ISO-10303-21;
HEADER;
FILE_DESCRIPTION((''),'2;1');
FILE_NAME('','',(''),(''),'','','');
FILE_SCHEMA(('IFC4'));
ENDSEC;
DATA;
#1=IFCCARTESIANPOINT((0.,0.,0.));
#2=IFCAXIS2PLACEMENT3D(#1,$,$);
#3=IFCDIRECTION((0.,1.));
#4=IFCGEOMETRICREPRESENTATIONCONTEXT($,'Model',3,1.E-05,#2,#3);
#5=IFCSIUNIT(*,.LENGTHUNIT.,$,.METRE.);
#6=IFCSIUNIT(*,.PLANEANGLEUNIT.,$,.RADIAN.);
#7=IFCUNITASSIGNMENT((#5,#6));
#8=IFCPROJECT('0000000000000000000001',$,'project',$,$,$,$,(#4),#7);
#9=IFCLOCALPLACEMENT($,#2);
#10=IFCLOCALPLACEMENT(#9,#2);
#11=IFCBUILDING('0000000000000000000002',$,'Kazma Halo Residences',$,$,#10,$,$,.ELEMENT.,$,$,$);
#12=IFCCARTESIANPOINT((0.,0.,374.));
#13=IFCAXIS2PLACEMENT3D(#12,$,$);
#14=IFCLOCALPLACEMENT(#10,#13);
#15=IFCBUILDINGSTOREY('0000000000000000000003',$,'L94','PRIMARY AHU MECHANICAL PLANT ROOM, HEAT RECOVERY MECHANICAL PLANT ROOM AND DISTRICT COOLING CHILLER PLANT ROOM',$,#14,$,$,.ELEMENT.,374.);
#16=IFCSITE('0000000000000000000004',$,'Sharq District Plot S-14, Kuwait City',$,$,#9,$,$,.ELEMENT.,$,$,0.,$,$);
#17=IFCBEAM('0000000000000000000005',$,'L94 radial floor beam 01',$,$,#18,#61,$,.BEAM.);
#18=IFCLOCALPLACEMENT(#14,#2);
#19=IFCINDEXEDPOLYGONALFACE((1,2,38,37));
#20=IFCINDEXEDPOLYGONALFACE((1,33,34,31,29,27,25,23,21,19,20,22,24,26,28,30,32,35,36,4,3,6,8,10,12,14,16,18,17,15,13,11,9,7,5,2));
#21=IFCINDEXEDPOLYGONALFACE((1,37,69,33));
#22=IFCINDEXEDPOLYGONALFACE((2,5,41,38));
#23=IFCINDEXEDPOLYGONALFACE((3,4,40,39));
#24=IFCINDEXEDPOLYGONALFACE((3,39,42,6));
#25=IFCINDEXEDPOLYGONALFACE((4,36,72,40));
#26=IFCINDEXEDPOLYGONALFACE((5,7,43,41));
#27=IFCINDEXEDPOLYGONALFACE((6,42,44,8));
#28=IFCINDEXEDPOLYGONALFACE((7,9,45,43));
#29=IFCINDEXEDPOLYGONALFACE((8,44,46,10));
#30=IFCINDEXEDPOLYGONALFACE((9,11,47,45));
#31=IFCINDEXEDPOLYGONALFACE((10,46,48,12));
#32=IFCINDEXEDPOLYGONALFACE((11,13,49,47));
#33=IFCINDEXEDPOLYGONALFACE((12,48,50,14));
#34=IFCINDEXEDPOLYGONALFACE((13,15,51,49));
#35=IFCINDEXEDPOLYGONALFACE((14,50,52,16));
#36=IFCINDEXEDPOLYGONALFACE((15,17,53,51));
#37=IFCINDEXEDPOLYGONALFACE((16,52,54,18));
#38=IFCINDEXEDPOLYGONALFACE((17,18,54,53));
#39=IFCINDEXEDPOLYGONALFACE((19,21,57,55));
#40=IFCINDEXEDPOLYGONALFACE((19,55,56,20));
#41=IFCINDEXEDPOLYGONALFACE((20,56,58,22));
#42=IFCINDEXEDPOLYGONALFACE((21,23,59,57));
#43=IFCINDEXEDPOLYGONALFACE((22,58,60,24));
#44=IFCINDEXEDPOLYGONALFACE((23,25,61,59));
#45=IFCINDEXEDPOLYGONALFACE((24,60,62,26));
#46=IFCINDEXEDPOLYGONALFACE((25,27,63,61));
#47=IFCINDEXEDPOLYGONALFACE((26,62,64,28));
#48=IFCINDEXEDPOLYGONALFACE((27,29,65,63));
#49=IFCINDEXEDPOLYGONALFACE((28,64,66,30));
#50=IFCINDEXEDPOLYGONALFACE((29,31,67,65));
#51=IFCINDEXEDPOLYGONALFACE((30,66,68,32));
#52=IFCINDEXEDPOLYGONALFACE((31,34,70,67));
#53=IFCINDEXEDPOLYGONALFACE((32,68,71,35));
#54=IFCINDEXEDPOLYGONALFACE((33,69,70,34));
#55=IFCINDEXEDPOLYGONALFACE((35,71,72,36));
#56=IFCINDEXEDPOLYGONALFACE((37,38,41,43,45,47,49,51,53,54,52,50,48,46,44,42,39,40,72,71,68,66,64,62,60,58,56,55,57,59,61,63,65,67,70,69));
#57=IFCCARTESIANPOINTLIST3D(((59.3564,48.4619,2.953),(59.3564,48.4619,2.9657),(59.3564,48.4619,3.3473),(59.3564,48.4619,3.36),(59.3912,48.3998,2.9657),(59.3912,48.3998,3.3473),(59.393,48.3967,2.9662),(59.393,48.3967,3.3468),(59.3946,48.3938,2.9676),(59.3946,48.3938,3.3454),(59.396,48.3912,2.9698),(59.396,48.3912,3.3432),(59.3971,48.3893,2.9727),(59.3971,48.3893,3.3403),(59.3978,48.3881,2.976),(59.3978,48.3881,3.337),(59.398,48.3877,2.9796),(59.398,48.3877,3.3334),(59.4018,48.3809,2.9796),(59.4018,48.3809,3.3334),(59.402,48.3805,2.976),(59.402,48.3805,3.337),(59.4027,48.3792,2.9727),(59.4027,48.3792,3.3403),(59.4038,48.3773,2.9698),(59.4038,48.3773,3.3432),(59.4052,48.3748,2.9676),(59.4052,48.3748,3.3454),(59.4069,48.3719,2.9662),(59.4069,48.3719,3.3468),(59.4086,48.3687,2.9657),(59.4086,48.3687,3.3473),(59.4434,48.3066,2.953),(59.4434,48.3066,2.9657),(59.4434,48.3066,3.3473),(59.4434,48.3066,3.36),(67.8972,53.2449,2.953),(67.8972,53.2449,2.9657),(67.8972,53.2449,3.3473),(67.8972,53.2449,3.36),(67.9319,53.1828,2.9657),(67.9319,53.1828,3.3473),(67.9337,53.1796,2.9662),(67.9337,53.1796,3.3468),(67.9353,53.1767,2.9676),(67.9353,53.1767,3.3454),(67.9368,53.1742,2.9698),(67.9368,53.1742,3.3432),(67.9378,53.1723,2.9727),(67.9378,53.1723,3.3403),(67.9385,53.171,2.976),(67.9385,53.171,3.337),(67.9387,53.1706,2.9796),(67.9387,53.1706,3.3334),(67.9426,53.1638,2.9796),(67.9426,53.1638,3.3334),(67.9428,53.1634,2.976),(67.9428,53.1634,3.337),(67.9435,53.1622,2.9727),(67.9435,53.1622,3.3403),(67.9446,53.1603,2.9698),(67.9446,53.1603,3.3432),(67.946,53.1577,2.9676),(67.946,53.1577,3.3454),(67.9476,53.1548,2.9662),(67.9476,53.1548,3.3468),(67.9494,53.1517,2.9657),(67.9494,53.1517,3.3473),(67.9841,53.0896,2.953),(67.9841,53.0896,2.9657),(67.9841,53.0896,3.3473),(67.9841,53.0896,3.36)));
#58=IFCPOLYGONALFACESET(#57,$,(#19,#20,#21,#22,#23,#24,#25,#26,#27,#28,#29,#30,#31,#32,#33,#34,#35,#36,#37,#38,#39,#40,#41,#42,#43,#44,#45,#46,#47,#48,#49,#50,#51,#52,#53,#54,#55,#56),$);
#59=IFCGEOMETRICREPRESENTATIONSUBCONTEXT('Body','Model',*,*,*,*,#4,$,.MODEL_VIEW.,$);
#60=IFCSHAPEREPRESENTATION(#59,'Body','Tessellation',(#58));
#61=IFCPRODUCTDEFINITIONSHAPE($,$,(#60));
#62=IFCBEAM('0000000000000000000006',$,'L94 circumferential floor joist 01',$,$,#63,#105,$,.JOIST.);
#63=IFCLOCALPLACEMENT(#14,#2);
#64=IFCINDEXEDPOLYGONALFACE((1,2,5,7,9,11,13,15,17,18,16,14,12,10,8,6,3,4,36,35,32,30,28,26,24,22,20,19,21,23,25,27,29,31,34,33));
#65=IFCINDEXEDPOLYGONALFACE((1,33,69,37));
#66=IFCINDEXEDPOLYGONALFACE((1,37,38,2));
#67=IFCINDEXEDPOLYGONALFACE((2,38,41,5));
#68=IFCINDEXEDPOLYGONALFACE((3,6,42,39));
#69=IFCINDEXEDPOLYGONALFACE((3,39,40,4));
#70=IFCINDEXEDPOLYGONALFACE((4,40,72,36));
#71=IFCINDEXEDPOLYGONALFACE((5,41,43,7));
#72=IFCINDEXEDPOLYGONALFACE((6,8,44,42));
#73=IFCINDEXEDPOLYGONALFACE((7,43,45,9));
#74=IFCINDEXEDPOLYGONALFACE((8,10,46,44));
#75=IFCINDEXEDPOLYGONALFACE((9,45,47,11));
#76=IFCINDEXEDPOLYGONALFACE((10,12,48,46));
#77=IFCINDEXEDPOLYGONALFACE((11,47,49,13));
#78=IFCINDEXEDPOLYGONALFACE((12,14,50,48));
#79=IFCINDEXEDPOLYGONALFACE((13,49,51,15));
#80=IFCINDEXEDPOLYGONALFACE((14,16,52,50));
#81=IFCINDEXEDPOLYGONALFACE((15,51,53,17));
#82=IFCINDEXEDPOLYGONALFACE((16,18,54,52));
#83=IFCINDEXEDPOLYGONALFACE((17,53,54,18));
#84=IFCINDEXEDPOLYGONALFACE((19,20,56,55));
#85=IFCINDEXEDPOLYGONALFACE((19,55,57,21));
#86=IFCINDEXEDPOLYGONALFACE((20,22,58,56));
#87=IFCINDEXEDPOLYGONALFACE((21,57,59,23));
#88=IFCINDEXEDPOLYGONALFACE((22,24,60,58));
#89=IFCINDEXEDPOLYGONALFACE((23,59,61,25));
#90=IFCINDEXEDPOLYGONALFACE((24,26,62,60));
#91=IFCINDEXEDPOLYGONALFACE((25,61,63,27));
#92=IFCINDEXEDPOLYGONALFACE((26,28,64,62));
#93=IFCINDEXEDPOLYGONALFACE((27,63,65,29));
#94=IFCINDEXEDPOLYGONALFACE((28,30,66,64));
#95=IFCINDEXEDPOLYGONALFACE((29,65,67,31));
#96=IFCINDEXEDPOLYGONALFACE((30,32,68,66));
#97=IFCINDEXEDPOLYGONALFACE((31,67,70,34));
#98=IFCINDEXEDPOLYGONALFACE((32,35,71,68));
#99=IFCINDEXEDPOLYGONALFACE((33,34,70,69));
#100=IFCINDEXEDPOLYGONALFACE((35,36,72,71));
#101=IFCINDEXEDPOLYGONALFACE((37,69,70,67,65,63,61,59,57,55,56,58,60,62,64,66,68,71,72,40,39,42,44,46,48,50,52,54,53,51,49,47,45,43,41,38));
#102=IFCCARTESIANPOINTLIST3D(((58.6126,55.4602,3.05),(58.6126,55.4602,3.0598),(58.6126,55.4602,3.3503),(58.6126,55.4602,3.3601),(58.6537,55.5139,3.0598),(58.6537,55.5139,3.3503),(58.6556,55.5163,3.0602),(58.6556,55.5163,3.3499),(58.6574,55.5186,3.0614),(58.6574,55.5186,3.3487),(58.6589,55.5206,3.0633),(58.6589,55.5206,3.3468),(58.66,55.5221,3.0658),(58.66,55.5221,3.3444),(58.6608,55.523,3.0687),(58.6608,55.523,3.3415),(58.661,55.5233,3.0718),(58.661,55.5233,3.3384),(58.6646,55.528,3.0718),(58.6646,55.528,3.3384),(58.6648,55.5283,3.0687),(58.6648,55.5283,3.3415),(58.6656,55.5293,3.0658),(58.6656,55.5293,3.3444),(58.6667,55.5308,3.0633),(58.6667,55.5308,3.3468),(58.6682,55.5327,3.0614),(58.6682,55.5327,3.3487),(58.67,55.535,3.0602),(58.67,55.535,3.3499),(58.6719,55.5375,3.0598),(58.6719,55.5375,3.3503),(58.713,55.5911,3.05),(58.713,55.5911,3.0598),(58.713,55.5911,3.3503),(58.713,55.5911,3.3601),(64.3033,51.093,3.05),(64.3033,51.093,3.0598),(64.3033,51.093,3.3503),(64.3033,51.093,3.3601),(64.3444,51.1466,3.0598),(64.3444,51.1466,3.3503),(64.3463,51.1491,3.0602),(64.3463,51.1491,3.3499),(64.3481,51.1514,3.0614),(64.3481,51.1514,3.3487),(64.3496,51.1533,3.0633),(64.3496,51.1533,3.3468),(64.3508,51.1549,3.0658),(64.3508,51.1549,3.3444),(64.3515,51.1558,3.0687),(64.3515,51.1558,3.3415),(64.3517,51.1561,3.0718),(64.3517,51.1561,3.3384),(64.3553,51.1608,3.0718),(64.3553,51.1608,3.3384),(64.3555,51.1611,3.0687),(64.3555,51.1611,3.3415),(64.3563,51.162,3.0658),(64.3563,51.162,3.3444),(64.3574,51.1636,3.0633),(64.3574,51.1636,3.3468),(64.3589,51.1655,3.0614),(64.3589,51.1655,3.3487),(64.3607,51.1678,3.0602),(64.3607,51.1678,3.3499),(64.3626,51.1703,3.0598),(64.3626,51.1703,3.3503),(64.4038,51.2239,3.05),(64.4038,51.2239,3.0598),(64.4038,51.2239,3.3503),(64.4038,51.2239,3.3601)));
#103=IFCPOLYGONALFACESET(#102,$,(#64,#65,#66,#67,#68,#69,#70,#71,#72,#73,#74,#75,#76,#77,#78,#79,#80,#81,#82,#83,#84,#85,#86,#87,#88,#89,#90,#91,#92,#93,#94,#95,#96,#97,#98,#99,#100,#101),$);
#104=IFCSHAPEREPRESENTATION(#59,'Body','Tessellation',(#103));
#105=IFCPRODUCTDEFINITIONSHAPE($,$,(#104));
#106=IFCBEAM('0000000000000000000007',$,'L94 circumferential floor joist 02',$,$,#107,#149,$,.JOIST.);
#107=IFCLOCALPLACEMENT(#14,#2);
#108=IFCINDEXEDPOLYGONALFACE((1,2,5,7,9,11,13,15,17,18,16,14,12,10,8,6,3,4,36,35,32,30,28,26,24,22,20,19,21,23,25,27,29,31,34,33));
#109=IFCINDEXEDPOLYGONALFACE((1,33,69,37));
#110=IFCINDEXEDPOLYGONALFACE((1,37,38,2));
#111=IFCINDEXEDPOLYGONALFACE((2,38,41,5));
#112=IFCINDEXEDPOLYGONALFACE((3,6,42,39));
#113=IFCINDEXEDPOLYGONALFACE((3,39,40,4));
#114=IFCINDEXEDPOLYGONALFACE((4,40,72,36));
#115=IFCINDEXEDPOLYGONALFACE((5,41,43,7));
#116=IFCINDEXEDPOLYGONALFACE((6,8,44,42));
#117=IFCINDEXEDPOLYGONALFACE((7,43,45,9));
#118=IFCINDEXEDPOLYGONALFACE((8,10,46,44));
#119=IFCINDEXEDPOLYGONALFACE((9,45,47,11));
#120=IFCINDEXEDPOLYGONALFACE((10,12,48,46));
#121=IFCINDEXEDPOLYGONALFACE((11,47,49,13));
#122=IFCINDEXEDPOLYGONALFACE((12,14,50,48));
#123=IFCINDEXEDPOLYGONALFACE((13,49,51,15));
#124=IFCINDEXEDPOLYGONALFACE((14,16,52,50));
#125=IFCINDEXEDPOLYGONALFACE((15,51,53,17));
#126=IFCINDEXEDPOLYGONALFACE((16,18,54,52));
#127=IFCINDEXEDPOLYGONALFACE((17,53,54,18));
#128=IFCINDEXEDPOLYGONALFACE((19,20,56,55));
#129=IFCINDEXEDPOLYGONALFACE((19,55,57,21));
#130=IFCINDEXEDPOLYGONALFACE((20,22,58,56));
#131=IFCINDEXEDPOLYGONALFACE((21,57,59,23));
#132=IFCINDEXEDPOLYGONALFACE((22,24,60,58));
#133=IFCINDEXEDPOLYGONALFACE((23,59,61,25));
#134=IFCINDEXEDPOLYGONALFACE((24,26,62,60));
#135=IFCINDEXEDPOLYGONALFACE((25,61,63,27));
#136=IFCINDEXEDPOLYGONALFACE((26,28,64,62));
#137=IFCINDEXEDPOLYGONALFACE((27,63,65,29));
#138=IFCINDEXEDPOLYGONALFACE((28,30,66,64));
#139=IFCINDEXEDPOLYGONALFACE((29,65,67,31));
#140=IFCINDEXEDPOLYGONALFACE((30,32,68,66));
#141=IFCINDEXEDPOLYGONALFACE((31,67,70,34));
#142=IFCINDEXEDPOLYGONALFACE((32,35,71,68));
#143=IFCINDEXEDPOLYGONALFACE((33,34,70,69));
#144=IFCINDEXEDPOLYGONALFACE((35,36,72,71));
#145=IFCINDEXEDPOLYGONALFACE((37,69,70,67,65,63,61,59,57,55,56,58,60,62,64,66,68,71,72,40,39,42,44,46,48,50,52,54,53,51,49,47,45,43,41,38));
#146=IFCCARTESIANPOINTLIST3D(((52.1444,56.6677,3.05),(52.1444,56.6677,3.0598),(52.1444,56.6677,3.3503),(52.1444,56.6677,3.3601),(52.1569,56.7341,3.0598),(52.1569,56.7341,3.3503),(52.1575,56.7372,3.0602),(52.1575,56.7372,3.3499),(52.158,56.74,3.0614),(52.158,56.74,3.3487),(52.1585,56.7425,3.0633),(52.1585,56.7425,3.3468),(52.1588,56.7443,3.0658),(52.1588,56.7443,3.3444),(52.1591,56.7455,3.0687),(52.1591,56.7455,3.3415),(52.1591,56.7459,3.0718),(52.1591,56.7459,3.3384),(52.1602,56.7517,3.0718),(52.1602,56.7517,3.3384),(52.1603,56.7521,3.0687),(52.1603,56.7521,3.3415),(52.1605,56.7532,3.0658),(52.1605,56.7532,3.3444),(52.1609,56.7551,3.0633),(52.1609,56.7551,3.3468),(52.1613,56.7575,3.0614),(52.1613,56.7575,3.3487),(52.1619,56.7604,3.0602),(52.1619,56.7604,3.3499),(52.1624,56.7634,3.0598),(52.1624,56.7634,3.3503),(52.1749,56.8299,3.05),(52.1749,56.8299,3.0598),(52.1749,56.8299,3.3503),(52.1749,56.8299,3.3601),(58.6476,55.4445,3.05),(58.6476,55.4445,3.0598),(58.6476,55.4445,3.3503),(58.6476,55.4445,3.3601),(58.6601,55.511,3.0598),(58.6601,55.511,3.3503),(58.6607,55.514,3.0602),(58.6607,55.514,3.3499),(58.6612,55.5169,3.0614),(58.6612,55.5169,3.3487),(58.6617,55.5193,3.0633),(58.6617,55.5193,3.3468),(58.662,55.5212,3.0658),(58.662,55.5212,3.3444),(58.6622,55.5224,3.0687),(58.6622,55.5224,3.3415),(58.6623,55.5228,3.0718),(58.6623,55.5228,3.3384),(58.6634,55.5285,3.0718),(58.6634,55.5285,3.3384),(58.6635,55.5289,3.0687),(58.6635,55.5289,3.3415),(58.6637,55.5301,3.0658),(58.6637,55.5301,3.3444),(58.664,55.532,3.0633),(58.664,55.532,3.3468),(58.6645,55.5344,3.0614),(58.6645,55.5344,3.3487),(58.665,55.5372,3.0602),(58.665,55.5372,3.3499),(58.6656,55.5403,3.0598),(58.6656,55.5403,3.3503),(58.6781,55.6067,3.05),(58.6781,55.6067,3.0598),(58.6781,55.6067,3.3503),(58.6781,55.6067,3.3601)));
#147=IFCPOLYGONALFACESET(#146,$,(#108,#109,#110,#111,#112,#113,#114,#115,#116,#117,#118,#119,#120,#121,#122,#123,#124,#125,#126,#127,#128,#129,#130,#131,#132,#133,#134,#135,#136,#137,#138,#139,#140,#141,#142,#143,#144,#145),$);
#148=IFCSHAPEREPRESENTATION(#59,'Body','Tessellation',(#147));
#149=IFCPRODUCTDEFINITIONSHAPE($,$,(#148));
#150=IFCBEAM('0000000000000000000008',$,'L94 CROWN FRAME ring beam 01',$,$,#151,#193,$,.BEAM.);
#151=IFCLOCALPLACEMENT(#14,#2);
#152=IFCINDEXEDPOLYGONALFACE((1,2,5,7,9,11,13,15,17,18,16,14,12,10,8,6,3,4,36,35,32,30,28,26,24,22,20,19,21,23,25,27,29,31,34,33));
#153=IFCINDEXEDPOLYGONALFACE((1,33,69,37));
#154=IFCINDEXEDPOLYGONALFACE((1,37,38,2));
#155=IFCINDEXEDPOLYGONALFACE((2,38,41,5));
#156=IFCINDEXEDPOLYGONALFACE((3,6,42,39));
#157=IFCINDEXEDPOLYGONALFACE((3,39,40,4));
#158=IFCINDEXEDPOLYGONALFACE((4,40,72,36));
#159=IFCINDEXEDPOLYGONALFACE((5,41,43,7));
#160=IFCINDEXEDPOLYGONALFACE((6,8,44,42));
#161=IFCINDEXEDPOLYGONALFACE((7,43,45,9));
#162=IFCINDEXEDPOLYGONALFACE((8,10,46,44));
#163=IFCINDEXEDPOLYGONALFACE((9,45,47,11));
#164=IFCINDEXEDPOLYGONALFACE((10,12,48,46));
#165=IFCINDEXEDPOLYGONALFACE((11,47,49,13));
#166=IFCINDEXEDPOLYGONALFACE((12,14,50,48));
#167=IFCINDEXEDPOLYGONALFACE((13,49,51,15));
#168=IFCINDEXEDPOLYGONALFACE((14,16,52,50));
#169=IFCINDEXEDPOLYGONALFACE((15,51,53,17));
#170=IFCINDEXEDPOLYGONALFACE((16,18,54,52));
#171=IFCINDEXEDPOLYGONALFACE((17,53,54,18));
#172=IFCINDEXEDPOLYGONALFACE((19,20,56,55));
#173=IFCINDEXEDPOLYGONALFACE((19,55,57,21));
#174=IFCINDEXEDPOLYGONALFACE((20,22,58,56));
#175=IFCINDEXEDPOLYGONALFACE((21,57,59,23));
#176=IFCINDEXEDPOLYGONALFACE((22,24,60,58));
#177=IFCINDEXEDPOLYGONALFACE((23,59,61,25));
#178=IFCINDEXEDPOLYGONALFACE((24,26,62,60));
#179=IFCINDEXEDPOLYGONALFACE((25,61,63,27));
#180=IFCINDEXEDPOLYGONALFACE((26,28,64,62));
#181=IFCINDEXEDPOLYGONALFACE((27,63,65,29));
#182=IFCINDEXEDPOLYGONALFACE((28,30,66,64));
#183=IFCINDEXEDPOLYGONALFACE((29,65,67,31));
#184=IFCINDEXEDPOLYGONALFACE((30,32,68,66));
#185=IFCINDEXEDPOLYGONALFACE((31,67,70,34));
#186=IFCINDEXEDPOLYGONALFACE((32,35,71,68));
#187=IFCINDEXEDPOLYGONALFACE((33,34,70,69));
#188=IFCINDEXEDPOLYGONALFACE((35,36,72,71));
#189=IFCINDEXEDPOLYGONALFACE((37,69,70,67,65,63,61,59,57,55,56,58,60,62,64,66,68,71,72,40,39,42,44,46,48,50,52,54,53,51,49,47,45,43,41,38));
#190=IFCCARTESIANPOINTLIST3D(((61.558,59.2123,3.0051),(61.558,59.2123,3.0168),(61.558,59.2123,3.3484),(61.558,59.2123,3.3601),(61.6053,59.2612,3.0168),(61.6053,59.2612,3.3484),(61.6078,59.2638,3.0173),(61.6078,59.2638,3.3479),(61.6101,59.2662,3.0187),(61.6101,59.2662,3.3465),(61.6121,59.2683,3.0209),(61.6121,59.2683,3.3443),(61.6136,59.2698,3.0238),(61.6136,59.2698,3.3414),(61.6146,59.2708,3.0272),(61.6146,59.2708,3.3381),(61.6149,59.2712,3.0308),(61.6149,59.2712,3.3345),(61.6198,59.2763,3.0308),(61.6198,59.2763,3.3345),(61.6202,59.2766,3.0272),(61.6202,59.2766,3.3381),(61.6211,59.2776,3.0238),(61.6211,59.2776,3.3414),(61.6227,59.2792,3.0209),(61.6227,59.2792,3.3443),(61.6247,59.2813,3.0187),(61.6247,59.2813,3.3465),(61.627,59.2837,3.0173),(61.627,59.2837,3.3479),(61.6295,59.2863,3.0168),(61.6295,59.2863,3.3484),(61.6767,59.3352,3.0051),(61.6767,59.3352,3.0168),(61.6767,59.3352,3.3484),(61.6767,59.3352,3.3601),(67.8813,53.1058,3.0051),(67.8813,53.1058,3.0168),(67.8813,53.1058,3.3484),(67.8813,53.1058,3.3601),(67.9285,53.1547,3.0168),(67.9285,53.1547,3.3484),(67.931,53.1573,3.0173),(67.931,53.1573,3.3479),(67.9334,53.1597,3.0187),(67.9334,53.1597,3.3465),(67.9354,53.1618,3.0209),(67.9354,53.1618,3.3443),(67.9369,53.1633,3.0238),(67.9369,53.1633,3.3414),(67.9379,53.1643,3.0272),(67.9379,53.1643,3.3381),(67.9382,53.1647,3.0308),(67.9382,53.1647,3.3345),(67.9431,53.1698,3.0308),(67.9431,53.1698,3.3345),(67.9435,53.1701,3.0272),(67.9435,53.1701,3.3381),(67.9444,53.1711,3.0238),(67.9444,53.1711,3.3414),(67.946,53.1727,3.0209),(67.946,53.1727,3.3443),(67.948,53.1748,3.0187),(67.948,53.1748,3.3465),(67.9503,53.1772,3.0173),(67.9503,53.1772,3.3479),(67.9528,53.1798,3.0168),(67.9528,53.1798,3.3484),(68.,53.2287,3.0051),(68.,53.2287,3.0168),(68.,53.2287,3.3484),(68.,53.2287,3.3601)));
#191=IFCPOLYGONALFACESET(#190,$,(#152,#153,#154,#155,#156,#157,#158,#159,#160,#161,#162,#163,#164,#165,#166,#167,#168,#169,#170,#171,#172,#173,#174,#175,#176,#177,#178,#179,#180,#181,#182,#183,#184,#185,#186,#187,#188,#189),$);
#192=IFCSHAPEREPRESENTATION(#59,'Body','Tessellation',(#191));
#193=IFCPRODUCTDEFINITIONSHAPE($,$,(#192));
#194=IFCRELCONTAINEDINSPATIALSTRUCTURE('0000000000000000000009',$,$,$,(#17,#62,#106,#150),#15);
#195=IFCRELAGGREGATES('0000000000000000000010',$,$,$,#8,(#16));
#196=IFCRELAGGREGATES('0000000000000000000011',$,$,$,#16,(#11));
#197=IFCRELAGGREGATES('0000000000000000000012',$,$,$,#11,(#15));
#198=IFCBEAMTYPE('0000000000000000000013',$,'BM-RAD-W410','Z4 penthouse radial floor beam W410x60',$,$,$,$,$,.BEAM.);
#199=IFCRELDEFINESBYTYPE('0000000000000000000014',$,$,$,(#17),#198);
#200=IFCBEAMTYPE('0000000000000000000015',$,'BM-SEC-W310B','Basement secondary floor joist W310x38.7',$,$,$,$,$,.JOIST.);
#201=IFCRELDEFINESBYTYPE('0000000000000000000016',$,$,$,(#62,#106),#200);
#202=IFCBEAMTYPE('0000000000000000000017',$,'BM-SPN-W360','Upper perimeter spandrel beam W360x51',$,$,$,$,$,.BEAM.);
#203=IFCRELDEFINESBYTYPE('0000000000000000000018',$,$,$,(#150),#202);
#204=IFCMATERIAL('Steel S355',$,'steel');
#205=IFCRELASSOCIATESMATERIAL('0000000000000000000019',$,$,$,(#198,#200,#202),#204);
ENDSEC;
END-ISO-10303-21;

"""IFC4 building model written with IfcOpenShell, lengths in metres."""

from ifc_helpers import new_model, si_unit, direction, frame, origin, origin_2d, place, context, subcontext, project, spatial, i_section, extrude, material, material_profile, profile_set, type_object, element, save


model = new_model("IFC4")

# Units and contexts
model_context = context("Model", 3, precision=1e-05, world=origin(), true_north=direction((0.0, 1.0)))
body_context = subcontext(model_context, "Body", "Model", "MODEL_VIEW")
ifc_project = project(units=[si_unit("LENGTHUNIT", "METRE"), si_unit("PLANEANGLEUNIT", "RADIAN")], contexts=[model_context])

# Site, building, storey
site_placement = place(None, origin())
site = spatial("IfcSite", under=ifc_project, at=site_placement, Name="Sharq District Plot S-14, Kuwait City", CompositionType="ELEMENT", RefElevation=0.0)
building_placement = place(site_placement, origin())
building = spatial("IfcBuilding", under=site, at=building_placement, Name="Kazma Halo Residences", CompositionType="ELEMENT")
storey_placement = place(building_placement, frame((0.0, 0.0, 374.0)))
storey = spatial("IfcBuildingStorey", under=building, at=storey_placement, Name="L94", Description="PRIMARY AHU MECHANICAL PLANT ROOM, HEAT RECOVERY MECHANICAL PLANT ROOM AND DISTRICT COOLING CHILLER PLANT ROOM", CompositionType="ELEMENT", Elevation=374.0)

# Shared definitions
ifc_material_1 = material(Name="Steel S355", Category="steel")

# Beams
ifc_material_profile_1 = material_profile(ifc_material_1, i_section(OverallWidth=0.178, OverallDepth=0.407, WebThickness=0.0078, FlangeThickness=0.0127, FilletRadius=0.0139, at=origin_2d()), Name="W410x60")
ifc_profile_set_1 = profile_set([ifc_material_profile_1], Name="Steel S355")
beam_type_1 = type_object("IfcBeamType", Name="BM-RAD-W410", Description="Z4 penthouse radial floor beam W410x60", PredefinedType="BEAM", material=ifc_profile_set_1)
beam_1_placement = place(storey_placement, frame((59.3999, 48.3843, 3.1565), z_axis=(0.8725, 0.488613, 0.0), x_axis=(-0.488613, 0.8725, 0.0)))
element("IfcBeam", 1, at=beam_1_placement, inside=storey, type_object=beam_type_1, Name="L94 radial floor beam 01", PredefinedType="BEAM", context=body_context, shape_type="SweptSolid", body=[
    extrude(i_section(OverallWidth=0.178, OverallDepth=0.407, WebThickness=0.0078, FlangeThickness=0.0127, FilletRadius=0.0139, at=origin_2d()), origin(), (0.0, 0.0, 1.0), 9.7888),
])
ifc_material_profile_2 = material_profile(ifc_material_1, i_section(OverallWidth=0.165, OverallDepth=0.3101, WebThickness=0.0059, FlangeThickness=0.0098, FilletRadius=0.012, at=origin_2d()), Name="W310x38.7")
ifc_profile_set_2 = profile_set([ifc_material_profile_2], Name="Steel S355")
beam_type_2 = type_object("IfcBeamType", Name="BM-SEC-W310B", Description="Basement secondary floor joist W310x38.7", PredefinedType="JOIST", material=ifc_profile_set_2)
beam_2_placement = place(storey_placement, frame((64.3535, 51.1584, 3.2051), z_axis=(-0.793314, 0.608812, 0.0), x_axis=(-0.608812, -0.793314, 0.0)))
element("IfcBeam", 2, at=beam_2_placement, inside=storey, type_object=beam_type_2, Name="L94 circumferential floor joist 01", PredefinedType="JOIST", context=body_context, shape_type="SweptSolid", body=[
    extrude(i_section(OverallWidth=0.165, OverallDepth=0.3101, WebThickness=0.0059, FlangeThickness=0.0098, FilletRadius=0.012, at=origin_2d()), origin(), (0.0, 0.0, 1.0), 7.1733),
])
beam_3_placement = place(storey_placement, frame((58.6628, 55.5256, 3.2051), z_axis=(-0.982768, 0.184843, 0.0), x_axis=(-0.184843, -0.982768, 0.0)))
element("IfcBeam", 3, at=beam_3_placement, inside=storey, type_object=beam_type_2, Name="L94 circumferential floor joist 02", PredefinedType="JOIST", context=body_context, shape_type="SweptSolid", body=[
    extrude(i_section(OverallWidth=0.165, OverallDepth=0.3101, WebThickness=0.0059, FlangeThickness=0.0098, FilletRadius=0.012, at=origin_2d()), origin(), (0.0, 0.0, 1.0), 6.6172),
])
ifc_material_profile_3 = material_profile(ifc_material_1, i_section(OverallWidth=0.1709, OverallDepth=0.355, WebThickness=0.0071, FlangeThickness=0.0117, FilletRadius=0.0139, at=origin_2d()), Name="W360x51")
ifc_profile_set_3 = profile_set([ifc_material_profile_3], Name="Steel S355")
beam_type_3 = type_object("IfcBeamType", Name="BM-SPN-W360", Description="Upper perimeter spandrel beam W360x51", PredefinedType="BEAM", material=ifc_profile_set_3)
beam_4_placement = place(storey_placement, frame((67.9407, 53.1672, 3.1826), z_axis=(-0.719331, 0.694668, 0.0), x_axis=(-0.694668, -0.719331, 0.0)))
element("IfcBeam", 4, at=beam_4_placement, inside=storey, type_object=beam_type_3, Name="L94 CROWN FRAME ring beam 01", PredefinedType="BEAM", context=body_context, shape_type="SweptSolid", body=[
    extrude(i_section(OverallWidth=0.1709, OverallDepth=0.355, WebThickness=0.0071, FlangeThickness=0.0117, FilletRadius=0.0139, at=origin_2d()), origin(), (0.0, 0.0, 1.0), 8.7905),
])

save(model, "model.ifc")
